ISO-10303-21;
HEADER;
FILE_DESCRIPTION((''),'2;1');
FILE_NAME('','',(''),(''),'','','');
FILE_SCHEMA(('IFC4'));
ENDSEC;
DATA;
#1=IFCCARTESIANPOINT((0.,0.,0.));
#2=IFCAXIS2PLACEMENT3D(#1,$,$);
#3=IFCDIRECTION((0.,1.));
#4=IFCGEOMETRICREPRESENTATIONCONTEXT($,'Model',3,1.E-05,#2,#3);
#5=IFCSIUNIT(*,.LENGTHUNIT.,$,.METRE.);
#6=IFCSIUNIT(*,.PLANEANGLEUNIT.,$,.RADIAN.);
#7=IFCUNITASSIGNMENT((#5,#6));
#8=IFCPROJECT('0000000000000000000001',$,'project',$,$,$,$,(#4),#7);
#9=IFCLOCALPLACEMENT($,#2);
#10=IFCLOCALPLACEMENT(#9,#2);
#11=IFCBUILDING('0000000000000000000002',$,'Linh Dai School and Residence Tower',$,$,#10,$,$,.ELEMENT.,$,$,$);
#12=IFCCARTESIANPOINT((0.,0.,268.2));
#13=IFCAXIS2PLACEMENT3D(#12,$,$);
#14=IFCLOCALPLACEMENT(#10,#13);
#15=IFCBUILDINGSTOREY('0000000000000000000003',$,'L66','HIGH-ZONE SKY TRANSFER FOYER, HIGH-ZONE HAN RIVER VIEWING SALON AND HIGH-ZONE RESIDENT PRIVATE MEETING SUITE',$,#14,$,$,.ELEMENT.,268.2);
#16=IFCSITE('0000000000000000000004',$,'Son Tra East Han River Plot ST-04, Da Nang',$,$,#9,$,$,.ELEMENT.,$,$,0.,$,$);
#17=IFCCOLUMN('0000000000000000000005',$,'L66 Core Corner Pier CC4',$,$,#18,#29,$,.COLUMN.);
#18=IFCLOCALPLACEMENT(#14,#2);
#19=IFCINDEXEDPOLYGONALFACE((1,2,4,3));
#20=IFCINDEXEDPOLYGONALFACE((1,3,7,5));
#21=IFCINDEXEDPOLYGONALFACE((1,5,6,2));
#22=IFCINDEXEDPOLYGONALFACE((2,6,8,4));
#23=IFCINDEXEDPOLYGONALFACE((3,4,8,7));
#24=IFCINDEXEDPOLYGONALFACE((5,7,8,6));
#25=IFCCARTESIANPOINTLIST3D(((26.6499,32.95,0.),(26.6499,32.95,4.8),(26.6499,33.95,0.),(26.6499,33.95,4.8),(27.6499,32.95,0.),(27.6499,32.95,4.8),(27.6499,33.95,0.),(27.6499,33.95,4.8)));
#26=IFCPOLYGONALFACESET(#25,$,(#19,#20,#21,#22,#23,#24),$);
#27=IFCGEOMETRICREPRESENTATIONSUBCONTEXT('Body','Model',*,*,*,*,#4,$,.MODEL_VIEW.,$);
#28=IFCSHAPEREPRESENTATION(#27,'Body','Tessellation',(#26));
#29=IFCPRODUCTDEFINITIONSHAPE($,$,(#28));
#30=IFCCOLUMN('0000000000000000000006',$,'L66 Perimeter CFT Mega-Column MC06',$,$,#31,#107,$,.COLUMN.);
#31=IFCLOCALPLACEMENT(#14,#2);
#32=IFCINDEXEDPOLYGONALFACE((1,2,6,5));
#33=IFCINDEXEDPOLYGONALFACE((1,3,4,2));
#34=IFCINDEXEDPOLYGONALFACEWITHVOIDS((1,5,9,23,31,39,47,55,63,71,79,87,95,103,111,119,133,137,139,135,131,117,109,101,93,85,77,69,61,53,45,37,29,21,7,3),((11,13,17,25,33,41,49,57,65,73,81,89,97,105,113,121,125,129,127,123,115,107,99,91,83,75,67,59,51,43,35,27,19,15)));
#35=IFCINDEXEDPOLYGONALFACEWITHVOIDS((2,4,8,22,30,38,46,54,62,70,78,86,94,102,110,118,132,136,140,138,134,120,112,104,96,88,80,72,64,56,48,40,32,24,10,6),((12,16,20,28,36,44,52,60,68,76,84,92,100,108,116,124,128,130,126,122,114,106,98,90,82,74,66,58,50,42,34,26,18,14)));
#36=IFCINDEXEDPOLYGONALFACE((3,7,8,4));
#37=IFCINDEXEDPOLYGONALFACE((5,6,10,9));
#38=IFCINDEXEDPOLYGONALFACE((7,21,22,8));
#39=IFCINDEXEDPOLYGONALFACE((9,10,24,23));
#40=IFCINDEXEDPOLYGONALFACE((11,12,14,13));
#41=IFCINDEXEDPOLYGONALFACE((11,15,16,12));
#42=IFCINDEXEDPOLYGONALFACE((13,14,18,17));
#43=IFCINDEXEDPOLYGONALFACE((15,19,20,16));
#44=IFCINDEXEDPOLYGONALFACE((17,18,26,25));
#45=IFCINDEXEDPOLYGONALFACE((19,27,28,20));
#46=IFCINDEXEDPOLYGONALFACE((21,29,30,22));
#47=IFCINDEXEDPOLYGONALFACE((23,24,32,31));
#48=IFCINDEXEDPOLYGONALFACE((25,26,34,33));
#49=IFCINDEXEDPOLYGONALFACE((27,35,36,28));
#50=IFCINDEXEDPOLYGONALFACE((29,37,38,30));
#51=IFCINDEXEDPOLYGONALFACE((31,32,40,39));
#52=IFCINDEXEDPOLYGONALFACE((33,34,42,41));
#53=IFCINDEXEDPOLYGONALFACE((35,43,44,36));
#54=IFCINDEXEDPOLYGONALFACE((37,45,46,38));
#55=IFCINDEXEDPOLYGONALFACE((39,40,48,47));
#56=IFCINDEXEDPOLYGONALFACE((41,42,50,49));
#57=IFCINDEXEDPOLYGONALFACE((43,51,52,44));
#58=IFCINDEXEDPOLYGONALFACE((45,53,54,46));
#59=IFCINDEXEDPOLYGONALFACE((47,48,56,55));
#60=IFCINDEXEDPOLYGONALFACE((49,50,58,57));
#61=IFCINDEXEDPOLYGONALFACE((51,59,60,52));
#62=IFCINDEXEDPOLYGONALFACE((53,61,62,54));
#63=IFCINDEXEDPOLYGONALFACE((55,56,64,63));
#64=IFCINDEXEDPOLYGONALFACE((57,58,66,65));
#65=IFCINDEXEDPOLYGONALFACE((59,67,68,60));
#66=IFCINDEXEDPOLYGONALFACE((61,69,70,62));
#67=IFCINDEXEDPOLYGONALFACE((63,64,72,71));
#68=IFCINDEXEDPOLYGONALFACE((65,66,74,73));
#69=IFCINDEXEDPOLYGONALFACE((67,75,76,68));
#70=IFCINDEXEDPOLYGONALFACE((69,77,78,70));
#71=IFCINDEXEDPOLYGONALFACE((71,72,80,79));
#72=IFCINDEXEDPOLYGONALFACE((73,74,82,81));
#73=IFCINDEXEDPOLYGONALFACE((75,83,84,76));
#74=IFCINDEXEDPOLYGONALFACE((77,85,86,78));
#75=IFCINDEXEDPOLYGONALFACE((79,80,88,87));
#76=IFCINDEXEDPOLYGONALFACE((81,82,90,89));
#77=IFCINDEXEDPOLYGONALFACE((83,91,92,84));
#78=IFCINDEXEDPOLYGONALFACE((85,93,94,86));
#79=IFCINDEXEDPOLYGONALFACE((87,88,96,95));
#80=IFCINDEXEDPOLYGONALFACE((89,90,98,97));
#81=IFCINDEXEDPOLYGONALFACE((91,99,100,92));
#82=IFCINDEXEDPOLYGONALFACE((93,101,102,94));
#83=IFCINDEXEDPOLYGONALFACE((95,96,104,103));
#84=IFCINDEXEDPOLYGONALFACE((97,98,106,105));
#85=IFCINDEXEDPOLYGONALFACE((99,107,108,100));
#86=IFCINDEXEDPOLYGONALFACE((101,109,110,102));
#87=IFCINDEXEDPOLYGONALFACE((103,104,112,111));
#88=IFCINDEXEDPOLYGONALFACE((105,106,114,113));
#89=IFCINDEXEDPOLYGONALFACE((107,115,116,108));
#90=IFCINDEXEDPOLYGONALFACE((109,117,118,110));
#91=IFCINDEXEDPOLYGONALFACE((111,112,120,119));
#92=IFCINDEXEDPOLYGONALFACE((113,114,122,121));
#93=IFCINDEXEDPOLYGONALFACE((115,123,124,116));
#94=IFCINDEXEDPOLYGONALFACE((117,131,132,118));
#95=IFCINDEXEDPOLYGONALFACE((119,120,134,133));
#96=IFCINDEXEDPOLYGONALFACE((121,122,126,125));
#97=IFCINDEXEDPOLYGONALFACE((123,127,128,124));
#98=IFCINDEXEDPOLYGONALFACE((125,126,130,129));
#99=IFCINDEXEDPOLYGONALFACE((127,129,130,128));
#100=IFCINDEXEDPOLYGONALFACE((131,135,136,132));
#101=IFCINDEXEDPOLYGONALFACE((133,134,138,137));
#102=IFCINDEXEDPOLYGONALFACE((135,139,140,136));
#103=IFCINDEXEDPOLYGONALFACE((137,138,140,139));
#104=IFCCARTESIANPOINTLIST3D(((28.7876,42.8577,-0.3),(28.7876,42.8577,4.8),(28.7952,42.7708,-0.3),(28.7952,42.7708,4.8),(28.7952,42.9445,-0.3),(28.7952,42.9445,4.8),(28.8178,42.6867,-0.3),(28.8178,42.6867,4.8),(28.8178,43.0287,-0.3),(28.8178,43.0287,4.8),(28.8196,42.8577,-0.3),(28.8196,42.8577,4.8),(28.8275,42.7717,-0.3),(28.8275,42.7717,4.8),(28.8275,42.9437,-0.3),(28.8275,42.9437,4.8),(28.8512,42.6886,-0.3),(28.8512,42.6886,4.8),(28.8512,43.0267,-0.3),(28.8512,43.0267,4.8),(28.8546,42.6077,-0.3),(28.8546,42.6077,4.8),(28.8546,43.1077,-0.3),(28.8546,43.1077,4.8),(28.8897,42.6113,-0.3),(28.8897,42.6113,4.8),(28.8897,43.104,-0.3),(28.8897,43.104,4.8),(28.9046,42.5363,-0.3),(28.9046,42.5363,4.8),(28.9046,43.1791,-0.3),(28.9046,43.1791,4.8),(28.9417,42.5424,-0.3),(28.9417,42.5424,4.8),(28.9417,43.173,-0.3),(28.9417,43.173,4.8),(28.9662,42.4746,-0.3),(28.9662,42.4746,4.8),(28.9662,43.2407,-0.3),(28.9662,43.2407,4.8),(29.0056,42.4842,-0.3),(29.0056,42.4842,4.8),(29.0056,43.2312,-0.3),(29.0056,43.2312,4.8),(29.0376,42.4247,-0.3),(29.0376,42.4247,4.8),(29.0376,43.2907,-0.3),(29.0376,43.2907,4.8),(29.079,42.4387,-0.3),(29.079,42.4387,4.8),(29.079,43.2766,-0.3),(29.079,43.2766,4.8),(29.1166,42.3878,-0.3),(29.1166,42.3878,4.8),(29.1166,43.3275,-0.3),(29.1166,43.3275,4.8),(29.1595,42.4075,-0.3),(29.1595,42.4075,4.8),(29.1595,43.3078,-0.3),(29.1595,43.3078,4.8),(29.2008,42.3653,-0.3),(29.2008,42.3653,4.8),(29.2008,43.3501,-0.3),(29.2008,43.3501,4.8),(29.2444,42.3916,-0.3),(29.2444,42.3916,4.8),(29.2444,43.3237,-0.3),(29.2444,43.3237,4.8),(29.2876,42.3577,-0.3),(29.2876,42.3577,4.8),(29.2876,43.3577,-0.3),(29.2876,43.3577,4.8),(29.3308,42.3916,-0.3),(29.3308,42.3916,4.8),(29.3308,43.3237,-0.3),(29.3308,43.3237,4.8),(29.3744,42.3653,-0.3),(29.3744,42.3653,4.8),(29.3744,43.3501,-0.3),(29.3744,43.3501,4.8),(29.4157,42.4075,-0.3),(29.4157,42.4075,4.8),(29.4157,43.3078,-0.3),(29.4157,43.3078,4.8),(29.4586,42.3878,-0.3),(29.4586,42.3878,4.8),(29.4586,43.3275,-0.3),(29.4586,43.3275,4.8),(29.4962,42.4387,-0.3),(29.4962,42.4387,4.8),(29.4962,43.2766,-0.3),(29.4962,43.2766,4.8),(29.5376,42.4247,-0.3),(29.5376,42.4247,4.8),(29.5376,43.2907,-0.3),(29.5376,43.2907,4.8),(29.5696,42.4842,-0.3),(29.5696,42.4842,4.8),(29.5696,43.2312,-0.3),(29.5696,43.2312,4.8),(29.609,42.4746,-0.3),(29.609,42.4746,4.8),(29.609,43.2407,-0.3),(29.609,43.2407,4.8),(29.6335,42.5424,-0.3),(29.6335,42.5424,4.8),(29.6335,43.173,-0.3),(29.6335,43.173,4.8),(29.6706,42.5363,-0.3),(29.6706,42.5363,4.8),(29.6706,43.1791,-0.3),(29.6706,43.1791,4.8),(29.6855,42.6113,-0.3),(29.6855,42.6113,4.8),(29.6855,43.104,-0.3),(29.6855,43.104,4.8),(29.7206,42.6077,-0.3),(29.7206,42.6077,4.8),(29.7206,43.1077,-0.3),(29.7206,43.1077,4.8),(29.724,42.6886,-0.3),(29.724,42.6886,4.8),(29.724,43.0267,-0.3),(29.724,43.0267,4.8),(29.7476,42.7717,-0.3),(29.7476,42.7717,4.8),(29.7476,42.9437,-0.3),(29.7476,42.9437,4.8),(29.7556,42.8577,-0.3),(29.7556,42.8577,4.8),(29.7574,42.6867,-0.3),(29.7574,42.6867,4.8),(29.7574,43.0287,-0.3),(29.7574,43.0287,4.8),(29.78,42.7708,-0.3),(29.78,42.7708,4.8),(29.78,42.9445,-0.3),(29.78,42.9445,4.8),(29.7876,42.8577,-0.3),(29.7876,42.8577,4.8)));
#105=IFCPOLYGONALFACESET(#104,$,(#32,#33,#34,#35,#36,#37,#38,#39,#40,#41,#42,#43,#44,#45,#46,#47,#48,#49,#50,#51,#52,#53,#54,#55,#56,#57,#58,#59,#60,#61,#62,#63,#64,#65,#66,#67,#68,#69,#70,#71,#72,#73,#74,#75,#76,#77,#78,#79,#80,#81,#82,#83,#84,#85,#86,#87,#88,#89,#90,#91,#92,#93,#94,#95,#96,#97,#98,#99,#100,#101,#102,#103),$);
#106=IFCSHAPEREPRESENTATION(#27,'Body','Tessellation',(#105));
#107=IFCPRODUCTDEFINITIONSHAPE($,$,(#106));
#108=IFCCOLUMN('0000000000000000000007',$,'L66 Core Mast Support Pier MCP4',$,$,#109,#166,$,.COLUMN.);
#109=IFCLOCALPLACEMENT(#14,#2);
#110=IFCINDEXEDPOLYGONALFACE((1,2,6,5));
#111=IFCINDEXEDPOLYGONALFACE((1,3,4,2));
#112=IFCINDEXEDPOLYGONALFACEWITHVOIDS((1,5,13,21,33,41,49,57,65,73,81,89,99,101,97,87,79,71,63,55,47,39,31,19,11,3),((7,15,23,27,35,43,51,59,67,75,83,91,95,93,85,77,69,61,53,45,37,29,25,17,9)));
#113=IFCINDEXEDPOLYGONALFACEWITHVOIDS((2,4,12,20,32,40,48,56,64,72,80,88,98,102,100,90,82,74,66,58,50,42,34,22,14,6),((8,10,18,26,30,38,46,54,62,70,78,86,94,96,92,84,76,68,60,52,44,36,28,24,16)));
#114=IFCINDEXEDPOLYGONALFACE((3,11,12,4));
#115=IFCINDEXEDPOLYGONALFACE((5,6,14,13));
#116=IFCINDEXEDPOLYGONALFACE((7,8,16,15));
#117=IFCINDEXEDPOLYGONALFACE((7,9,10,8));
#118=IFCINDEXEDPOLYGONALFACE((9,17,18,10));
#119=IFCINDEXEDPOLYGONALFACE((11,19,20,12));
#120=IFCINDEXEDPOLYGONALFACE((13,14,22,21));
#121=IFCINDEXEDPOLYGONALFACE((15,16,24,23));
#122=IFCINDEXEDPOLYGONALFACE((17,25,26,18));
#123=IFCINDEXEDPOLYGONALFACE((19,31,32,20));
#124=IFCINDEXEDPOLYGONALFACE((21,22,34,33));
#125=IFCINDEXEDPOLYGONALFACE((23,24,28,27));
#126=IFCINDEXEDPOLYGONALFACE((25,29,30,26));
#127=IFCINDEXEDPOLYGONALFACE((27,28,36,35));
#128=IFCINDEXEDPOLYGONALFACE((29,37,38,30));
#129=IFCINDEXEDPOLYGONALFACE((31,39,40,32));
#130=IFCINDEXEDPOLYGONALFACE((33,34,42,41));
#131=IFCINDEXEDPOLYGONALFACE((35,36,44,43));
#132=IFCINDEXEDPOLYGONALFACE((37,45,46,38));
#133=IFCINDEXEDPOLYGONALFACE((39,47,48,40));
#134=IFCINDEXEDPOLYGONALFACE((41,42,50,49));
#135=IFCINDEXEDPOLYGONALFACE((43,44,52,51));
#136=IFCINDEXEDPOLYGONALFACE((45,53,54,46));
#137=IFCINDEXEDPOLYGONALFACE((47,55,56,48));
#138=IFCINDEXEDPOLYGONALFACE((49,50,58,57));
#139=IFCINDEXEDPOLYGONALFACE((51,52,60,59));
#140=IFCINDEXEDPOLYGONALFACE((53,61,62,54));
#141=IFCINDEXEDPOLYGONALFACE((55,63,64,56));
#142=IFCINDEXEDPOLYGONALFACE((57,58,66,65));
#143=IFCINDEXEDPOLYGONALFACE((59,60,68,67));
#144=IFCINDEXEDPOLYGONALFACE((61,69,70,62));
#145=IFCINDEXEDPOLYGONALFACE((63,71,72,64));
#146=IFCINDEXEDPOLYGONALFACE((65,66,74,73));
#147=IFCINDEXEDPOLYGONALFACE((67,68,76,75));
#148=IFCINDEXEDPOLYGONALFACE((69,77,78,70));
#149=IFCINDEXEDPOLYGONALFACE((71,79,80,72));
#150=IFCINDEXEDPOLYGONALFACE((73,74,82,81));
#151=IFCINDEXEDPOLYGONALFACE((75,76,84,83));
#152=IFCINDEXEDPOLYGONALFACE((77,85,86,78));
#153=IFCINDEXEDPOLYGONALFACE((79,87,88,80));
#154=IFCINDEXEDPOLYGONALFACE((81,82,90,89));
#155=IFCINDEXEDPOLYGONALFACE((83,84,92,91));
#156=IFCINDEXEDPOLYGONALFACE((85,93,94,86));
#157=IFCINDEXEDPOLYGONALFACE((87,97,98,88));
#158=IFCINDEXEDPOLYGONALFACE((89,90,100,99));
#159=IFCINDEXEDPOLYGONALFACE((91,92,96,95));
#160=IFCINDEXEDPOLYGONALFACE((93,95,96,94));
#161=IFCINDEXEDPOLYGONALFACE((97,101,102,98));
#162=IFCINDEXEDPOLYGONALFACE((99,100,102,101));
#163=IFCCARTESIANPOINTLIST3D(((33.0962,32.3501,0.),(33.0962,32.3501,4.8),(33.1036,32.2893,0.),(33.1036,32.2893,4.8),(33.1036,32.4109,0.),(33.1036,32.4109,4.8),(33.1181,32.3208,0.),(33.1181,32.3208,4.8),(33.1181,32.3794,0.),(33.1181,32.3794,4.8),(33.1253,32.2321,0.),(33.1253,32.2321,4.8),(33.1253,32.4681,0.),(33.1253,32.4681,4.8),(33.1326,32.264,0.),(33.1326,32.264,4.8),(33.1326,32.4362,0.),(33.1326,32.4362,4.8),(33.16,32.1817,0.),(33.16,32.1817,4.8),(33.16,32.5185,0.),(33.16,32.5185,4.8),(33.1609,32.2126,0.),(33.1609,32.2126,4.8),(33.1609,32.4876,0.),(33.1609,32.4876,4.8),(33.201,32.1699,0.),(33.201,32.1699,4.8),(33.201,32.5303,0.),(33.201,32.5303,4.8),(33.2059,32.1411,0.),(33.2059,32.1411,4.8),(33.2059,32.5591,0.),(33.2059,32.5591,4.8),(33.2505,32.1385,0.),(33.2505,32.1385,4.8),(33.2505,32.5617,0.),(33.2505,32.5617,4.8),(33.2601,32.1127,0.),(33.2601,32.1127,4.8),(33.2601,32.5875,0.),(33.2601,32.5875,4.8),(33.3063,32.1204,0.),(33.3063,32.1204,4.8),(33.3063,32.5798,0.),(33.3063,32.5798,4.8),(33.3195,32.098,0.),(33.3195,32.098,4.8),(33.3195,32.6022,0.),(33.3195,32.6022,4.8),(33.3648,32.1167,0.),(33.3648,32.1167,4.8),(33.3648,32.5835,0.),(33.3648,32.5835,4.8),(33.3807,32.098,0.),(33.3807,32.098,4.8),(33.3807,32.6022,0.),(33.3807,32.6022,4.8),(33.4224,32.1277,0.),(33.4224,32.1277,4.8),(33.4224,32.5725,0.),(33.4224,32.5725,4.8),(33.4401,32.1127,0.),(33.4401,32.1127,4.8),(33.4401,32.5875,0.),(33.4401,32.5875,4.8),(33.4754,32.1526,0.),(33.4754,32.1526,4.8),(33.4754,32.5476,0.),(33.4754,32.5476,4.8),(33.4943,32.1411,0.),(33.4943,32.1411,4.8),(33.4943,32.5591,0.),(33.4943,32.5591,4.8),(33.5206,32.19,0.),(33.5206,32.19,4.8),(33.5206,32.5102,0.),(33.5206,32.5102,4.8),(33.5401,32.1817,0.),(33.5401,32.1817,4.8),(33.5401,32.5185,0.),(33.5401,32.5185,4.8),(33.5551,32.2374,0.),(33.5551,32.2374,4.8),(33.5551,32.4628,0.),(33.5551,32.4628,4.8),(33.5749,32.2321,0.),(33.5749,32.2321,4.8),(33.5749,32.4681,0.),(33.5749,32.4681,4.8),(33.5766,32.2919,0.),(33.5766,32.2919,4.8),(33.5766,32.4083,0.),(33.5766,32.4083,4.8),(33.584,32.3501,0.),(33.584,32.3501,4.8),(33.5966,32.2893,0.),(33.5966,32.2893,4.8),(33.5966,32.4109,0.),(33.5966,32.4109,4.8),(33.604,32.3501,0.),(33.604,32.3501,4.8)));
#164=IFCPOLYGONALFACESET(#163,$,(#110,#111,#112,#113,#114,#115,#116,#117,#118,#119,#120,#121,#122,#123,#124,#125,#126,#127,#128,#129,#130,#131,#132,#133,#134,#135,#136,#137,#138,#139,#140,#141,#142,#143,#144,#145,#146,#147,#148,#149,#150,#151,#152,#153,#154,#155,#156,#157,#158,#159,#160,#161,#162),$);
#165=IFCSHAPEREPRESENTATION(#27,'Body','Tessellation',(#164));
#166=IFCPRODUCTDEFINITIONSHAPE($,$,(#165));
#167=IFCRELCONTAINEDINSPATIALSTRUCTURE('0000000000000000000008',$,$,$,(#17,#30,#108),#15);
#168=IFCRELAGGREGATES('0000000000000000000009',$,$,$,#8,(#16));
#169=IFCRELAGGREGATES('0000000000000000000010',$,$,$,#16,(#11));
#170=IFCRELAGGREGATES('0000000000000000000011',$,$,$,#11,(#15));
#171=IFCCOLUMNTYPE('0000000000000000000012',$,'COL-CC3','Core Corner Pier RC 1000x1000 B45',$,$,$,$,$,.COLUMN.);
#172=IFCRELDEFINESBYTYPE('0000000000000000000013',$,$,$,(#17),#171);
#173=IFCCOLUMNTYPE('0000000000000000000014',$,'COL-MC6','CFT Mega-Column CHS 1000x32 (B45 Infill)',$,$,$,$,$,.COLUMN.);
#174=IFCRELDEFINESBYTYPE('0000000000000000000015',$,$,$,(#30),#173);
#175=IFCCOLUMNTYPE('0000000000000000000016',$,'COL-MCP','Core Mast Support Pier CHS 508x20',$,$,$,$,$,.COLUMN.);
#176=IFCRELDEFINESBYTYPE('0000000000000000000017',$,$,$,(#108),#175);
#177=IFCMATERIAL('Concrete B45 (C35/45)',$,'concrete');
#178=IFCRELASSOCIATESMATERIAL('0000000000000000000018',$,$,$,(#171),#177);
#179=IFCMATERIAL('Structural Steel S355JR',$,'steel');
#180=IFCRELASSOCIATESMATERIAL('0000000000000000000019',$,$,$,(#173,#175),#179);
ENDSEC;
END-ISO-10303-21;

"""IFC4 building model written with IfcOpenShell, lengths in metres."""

from ifc_helpers import new_model, si_unit, direction, frame, origin, origin_2d, place, context, subcontext, project, spatial, rectangle, hollow_circle, extrude, material, material_profile, profile_set, type_object, element, save


model = new_model("IFC4")

# Units and contexts
model_context = context("Model", 3, precision=1e-05, world=origin(), true_north=direction((0.0, 1.0)))
body_context = subcontext(model_context, "Body", "Model", "MODEL_VIEW")
ifc_project = project(units=[si_unit("LENGTHUNIT", "METRE"), si_unit("PLANEANGLEUNIT", "RADIAN")], contexts=[model_context])

# Site, building, storey
site_placement = place(None, origin())
site = spatial("IfcSite", under=ifc_project, at=site_placement, Name="Son Tra East Han River Plot ST-04, Da Nang", CompositionType="ELEMENT", RefElevation=0.0)
building_placement = place(site_placement, origin())
building = spatial("IfcBuilding", under=site, at=building_placement, Name="Linh Dai School and Residence Tower", CompositionType="ELEMENT")
storey_placement = place(building_placement, frame((0.0, 0.0, 268.2)))
storey = spatial("IfcBuildingStorey", under=building, at=storey_placement, Name="L66", Description="HIGH-ZONE SKY TRANSFER FOYER, HIGH-ZONE HAN RIVER VIEWING SALON AND HIGH-ZONE RESIDENT PRIVATE MEETING SUITE", CompositionType="ELEMENT", Elevation=268.2)

# Columns
ifc_material_1 = material(Name="Concrete B45 (C35/45)", Category="concrete")
ifc_material_profile_1 = material_profile(ifc_material_1, rectangle(XDim=1.0, YDim=1.0, at=origin_2d()), Name="RC 1000x1000")
ifc_profile_set_1 = profile_set([ifc_material_profile_1], Name="Concrete B45 (C35/45)")
column_type_1 = type_object("IfcColumnType", Name="COL-CC3", Description="Core Corner Pier RC 1000x1000 B45", PredefinedType="COLUMN", material=ifc_profile_set_1)
column_1_placement = place(storey_placement, frame((27.1499, 33.45, 0.0), z_axis=(0.0, 0.0, 1.0), x_axis=(1.0, 0.0, 0.0)))
element("IfcColumn", 1, at=column_1_placement, inside=storey, type_object=column_type_1, Name="L66 Core Corner Pier CC4", PredefinedType="COLUMN", context=body_context, shape_type="SweptSolid", body=[
    extrude(rectangle(XDim=1.0, YDim=1.0, at=origin_2d()), origin(), (0.0, 0.0, 1.0), 4.8),
])
ifc_material_2 = material(Name="Structural Steel S355JR", Category="steel")
ifc_material_profile_2 = material_profile(ifc_material_2, hollow_circle(Radius=0.5, WallThickness=0.032, at=origin_2d()), Name="CHS 1000x32")
ifc_profile_set_2 = profile_set([ifc_material_profile_2], Name="Structural Steel S355JR")
column_type_2 = type_object("IfcColumnType", Name="COL-MC6", Description="CFT Mega-Column CHS 1000x32 (B45 Infill)", PredefinedType="COLUMN", material=ifc_profile_set_2)
column_2_placement = place(storey_placement, frame((29.2876, 42.8577, -0.3), z_axis=(0.0, 0.0, 1.0), x_axis=(1.0, 0.0, 0.0)))
element("IfcColumn", 2, at=column_2_placement, inside=storey, type_object=column_type_2, Name="L66 Perimeter CFT Mega-Column MC06", PredefinedType="COLUMN", context=body_context, shape_type="SweptSolid", body=[
    extrude(hollow_circle(Radius=0.5, WallThickness=0.032, at=origin_2d()), origin(), (0.0, 0.0, 1.0), 5.1001),
])
ifc_material_profile_3 = material_profile(ifc_material_2, hollow_circle(Radius=0.2539, WallThickness=0.02, at=origin_2d()), Name="CHS 508x20")
ifc_profile_set_3 = profile_set([ifc_material_profile_3], Name="Structural Steel S355JR")
column_type_3 = type_object("IfcColumnType", Name="COL-MCP", Description="Core Mast Support Pier CHS 508x20", PredefinedType="COLUMN", material=ifc_profile_set_3)
column_3_placement = place(storey_placement, frame((33.3501, 32.3501, 0.0), z_axis=(0.0, 0.0, 1.0), x_axis=(1.0, 0.0, 0.0)))
element("IfcColumn", 3, at=column_3_placement, inside=storey, type_object=column_type_3, Name="L66 Core Mast Support Pier MCP4", PredefinedType="COLUMN", context=body_context, shape_type="SweptSolid", body=[
    extrude(hollow_circle(Radius=0.2539, WallThickness=0.02, at=origin_2d()), origin(), (0.0, 0.0, 1.0), 4.8),
])

save(model, "model.ifc")
